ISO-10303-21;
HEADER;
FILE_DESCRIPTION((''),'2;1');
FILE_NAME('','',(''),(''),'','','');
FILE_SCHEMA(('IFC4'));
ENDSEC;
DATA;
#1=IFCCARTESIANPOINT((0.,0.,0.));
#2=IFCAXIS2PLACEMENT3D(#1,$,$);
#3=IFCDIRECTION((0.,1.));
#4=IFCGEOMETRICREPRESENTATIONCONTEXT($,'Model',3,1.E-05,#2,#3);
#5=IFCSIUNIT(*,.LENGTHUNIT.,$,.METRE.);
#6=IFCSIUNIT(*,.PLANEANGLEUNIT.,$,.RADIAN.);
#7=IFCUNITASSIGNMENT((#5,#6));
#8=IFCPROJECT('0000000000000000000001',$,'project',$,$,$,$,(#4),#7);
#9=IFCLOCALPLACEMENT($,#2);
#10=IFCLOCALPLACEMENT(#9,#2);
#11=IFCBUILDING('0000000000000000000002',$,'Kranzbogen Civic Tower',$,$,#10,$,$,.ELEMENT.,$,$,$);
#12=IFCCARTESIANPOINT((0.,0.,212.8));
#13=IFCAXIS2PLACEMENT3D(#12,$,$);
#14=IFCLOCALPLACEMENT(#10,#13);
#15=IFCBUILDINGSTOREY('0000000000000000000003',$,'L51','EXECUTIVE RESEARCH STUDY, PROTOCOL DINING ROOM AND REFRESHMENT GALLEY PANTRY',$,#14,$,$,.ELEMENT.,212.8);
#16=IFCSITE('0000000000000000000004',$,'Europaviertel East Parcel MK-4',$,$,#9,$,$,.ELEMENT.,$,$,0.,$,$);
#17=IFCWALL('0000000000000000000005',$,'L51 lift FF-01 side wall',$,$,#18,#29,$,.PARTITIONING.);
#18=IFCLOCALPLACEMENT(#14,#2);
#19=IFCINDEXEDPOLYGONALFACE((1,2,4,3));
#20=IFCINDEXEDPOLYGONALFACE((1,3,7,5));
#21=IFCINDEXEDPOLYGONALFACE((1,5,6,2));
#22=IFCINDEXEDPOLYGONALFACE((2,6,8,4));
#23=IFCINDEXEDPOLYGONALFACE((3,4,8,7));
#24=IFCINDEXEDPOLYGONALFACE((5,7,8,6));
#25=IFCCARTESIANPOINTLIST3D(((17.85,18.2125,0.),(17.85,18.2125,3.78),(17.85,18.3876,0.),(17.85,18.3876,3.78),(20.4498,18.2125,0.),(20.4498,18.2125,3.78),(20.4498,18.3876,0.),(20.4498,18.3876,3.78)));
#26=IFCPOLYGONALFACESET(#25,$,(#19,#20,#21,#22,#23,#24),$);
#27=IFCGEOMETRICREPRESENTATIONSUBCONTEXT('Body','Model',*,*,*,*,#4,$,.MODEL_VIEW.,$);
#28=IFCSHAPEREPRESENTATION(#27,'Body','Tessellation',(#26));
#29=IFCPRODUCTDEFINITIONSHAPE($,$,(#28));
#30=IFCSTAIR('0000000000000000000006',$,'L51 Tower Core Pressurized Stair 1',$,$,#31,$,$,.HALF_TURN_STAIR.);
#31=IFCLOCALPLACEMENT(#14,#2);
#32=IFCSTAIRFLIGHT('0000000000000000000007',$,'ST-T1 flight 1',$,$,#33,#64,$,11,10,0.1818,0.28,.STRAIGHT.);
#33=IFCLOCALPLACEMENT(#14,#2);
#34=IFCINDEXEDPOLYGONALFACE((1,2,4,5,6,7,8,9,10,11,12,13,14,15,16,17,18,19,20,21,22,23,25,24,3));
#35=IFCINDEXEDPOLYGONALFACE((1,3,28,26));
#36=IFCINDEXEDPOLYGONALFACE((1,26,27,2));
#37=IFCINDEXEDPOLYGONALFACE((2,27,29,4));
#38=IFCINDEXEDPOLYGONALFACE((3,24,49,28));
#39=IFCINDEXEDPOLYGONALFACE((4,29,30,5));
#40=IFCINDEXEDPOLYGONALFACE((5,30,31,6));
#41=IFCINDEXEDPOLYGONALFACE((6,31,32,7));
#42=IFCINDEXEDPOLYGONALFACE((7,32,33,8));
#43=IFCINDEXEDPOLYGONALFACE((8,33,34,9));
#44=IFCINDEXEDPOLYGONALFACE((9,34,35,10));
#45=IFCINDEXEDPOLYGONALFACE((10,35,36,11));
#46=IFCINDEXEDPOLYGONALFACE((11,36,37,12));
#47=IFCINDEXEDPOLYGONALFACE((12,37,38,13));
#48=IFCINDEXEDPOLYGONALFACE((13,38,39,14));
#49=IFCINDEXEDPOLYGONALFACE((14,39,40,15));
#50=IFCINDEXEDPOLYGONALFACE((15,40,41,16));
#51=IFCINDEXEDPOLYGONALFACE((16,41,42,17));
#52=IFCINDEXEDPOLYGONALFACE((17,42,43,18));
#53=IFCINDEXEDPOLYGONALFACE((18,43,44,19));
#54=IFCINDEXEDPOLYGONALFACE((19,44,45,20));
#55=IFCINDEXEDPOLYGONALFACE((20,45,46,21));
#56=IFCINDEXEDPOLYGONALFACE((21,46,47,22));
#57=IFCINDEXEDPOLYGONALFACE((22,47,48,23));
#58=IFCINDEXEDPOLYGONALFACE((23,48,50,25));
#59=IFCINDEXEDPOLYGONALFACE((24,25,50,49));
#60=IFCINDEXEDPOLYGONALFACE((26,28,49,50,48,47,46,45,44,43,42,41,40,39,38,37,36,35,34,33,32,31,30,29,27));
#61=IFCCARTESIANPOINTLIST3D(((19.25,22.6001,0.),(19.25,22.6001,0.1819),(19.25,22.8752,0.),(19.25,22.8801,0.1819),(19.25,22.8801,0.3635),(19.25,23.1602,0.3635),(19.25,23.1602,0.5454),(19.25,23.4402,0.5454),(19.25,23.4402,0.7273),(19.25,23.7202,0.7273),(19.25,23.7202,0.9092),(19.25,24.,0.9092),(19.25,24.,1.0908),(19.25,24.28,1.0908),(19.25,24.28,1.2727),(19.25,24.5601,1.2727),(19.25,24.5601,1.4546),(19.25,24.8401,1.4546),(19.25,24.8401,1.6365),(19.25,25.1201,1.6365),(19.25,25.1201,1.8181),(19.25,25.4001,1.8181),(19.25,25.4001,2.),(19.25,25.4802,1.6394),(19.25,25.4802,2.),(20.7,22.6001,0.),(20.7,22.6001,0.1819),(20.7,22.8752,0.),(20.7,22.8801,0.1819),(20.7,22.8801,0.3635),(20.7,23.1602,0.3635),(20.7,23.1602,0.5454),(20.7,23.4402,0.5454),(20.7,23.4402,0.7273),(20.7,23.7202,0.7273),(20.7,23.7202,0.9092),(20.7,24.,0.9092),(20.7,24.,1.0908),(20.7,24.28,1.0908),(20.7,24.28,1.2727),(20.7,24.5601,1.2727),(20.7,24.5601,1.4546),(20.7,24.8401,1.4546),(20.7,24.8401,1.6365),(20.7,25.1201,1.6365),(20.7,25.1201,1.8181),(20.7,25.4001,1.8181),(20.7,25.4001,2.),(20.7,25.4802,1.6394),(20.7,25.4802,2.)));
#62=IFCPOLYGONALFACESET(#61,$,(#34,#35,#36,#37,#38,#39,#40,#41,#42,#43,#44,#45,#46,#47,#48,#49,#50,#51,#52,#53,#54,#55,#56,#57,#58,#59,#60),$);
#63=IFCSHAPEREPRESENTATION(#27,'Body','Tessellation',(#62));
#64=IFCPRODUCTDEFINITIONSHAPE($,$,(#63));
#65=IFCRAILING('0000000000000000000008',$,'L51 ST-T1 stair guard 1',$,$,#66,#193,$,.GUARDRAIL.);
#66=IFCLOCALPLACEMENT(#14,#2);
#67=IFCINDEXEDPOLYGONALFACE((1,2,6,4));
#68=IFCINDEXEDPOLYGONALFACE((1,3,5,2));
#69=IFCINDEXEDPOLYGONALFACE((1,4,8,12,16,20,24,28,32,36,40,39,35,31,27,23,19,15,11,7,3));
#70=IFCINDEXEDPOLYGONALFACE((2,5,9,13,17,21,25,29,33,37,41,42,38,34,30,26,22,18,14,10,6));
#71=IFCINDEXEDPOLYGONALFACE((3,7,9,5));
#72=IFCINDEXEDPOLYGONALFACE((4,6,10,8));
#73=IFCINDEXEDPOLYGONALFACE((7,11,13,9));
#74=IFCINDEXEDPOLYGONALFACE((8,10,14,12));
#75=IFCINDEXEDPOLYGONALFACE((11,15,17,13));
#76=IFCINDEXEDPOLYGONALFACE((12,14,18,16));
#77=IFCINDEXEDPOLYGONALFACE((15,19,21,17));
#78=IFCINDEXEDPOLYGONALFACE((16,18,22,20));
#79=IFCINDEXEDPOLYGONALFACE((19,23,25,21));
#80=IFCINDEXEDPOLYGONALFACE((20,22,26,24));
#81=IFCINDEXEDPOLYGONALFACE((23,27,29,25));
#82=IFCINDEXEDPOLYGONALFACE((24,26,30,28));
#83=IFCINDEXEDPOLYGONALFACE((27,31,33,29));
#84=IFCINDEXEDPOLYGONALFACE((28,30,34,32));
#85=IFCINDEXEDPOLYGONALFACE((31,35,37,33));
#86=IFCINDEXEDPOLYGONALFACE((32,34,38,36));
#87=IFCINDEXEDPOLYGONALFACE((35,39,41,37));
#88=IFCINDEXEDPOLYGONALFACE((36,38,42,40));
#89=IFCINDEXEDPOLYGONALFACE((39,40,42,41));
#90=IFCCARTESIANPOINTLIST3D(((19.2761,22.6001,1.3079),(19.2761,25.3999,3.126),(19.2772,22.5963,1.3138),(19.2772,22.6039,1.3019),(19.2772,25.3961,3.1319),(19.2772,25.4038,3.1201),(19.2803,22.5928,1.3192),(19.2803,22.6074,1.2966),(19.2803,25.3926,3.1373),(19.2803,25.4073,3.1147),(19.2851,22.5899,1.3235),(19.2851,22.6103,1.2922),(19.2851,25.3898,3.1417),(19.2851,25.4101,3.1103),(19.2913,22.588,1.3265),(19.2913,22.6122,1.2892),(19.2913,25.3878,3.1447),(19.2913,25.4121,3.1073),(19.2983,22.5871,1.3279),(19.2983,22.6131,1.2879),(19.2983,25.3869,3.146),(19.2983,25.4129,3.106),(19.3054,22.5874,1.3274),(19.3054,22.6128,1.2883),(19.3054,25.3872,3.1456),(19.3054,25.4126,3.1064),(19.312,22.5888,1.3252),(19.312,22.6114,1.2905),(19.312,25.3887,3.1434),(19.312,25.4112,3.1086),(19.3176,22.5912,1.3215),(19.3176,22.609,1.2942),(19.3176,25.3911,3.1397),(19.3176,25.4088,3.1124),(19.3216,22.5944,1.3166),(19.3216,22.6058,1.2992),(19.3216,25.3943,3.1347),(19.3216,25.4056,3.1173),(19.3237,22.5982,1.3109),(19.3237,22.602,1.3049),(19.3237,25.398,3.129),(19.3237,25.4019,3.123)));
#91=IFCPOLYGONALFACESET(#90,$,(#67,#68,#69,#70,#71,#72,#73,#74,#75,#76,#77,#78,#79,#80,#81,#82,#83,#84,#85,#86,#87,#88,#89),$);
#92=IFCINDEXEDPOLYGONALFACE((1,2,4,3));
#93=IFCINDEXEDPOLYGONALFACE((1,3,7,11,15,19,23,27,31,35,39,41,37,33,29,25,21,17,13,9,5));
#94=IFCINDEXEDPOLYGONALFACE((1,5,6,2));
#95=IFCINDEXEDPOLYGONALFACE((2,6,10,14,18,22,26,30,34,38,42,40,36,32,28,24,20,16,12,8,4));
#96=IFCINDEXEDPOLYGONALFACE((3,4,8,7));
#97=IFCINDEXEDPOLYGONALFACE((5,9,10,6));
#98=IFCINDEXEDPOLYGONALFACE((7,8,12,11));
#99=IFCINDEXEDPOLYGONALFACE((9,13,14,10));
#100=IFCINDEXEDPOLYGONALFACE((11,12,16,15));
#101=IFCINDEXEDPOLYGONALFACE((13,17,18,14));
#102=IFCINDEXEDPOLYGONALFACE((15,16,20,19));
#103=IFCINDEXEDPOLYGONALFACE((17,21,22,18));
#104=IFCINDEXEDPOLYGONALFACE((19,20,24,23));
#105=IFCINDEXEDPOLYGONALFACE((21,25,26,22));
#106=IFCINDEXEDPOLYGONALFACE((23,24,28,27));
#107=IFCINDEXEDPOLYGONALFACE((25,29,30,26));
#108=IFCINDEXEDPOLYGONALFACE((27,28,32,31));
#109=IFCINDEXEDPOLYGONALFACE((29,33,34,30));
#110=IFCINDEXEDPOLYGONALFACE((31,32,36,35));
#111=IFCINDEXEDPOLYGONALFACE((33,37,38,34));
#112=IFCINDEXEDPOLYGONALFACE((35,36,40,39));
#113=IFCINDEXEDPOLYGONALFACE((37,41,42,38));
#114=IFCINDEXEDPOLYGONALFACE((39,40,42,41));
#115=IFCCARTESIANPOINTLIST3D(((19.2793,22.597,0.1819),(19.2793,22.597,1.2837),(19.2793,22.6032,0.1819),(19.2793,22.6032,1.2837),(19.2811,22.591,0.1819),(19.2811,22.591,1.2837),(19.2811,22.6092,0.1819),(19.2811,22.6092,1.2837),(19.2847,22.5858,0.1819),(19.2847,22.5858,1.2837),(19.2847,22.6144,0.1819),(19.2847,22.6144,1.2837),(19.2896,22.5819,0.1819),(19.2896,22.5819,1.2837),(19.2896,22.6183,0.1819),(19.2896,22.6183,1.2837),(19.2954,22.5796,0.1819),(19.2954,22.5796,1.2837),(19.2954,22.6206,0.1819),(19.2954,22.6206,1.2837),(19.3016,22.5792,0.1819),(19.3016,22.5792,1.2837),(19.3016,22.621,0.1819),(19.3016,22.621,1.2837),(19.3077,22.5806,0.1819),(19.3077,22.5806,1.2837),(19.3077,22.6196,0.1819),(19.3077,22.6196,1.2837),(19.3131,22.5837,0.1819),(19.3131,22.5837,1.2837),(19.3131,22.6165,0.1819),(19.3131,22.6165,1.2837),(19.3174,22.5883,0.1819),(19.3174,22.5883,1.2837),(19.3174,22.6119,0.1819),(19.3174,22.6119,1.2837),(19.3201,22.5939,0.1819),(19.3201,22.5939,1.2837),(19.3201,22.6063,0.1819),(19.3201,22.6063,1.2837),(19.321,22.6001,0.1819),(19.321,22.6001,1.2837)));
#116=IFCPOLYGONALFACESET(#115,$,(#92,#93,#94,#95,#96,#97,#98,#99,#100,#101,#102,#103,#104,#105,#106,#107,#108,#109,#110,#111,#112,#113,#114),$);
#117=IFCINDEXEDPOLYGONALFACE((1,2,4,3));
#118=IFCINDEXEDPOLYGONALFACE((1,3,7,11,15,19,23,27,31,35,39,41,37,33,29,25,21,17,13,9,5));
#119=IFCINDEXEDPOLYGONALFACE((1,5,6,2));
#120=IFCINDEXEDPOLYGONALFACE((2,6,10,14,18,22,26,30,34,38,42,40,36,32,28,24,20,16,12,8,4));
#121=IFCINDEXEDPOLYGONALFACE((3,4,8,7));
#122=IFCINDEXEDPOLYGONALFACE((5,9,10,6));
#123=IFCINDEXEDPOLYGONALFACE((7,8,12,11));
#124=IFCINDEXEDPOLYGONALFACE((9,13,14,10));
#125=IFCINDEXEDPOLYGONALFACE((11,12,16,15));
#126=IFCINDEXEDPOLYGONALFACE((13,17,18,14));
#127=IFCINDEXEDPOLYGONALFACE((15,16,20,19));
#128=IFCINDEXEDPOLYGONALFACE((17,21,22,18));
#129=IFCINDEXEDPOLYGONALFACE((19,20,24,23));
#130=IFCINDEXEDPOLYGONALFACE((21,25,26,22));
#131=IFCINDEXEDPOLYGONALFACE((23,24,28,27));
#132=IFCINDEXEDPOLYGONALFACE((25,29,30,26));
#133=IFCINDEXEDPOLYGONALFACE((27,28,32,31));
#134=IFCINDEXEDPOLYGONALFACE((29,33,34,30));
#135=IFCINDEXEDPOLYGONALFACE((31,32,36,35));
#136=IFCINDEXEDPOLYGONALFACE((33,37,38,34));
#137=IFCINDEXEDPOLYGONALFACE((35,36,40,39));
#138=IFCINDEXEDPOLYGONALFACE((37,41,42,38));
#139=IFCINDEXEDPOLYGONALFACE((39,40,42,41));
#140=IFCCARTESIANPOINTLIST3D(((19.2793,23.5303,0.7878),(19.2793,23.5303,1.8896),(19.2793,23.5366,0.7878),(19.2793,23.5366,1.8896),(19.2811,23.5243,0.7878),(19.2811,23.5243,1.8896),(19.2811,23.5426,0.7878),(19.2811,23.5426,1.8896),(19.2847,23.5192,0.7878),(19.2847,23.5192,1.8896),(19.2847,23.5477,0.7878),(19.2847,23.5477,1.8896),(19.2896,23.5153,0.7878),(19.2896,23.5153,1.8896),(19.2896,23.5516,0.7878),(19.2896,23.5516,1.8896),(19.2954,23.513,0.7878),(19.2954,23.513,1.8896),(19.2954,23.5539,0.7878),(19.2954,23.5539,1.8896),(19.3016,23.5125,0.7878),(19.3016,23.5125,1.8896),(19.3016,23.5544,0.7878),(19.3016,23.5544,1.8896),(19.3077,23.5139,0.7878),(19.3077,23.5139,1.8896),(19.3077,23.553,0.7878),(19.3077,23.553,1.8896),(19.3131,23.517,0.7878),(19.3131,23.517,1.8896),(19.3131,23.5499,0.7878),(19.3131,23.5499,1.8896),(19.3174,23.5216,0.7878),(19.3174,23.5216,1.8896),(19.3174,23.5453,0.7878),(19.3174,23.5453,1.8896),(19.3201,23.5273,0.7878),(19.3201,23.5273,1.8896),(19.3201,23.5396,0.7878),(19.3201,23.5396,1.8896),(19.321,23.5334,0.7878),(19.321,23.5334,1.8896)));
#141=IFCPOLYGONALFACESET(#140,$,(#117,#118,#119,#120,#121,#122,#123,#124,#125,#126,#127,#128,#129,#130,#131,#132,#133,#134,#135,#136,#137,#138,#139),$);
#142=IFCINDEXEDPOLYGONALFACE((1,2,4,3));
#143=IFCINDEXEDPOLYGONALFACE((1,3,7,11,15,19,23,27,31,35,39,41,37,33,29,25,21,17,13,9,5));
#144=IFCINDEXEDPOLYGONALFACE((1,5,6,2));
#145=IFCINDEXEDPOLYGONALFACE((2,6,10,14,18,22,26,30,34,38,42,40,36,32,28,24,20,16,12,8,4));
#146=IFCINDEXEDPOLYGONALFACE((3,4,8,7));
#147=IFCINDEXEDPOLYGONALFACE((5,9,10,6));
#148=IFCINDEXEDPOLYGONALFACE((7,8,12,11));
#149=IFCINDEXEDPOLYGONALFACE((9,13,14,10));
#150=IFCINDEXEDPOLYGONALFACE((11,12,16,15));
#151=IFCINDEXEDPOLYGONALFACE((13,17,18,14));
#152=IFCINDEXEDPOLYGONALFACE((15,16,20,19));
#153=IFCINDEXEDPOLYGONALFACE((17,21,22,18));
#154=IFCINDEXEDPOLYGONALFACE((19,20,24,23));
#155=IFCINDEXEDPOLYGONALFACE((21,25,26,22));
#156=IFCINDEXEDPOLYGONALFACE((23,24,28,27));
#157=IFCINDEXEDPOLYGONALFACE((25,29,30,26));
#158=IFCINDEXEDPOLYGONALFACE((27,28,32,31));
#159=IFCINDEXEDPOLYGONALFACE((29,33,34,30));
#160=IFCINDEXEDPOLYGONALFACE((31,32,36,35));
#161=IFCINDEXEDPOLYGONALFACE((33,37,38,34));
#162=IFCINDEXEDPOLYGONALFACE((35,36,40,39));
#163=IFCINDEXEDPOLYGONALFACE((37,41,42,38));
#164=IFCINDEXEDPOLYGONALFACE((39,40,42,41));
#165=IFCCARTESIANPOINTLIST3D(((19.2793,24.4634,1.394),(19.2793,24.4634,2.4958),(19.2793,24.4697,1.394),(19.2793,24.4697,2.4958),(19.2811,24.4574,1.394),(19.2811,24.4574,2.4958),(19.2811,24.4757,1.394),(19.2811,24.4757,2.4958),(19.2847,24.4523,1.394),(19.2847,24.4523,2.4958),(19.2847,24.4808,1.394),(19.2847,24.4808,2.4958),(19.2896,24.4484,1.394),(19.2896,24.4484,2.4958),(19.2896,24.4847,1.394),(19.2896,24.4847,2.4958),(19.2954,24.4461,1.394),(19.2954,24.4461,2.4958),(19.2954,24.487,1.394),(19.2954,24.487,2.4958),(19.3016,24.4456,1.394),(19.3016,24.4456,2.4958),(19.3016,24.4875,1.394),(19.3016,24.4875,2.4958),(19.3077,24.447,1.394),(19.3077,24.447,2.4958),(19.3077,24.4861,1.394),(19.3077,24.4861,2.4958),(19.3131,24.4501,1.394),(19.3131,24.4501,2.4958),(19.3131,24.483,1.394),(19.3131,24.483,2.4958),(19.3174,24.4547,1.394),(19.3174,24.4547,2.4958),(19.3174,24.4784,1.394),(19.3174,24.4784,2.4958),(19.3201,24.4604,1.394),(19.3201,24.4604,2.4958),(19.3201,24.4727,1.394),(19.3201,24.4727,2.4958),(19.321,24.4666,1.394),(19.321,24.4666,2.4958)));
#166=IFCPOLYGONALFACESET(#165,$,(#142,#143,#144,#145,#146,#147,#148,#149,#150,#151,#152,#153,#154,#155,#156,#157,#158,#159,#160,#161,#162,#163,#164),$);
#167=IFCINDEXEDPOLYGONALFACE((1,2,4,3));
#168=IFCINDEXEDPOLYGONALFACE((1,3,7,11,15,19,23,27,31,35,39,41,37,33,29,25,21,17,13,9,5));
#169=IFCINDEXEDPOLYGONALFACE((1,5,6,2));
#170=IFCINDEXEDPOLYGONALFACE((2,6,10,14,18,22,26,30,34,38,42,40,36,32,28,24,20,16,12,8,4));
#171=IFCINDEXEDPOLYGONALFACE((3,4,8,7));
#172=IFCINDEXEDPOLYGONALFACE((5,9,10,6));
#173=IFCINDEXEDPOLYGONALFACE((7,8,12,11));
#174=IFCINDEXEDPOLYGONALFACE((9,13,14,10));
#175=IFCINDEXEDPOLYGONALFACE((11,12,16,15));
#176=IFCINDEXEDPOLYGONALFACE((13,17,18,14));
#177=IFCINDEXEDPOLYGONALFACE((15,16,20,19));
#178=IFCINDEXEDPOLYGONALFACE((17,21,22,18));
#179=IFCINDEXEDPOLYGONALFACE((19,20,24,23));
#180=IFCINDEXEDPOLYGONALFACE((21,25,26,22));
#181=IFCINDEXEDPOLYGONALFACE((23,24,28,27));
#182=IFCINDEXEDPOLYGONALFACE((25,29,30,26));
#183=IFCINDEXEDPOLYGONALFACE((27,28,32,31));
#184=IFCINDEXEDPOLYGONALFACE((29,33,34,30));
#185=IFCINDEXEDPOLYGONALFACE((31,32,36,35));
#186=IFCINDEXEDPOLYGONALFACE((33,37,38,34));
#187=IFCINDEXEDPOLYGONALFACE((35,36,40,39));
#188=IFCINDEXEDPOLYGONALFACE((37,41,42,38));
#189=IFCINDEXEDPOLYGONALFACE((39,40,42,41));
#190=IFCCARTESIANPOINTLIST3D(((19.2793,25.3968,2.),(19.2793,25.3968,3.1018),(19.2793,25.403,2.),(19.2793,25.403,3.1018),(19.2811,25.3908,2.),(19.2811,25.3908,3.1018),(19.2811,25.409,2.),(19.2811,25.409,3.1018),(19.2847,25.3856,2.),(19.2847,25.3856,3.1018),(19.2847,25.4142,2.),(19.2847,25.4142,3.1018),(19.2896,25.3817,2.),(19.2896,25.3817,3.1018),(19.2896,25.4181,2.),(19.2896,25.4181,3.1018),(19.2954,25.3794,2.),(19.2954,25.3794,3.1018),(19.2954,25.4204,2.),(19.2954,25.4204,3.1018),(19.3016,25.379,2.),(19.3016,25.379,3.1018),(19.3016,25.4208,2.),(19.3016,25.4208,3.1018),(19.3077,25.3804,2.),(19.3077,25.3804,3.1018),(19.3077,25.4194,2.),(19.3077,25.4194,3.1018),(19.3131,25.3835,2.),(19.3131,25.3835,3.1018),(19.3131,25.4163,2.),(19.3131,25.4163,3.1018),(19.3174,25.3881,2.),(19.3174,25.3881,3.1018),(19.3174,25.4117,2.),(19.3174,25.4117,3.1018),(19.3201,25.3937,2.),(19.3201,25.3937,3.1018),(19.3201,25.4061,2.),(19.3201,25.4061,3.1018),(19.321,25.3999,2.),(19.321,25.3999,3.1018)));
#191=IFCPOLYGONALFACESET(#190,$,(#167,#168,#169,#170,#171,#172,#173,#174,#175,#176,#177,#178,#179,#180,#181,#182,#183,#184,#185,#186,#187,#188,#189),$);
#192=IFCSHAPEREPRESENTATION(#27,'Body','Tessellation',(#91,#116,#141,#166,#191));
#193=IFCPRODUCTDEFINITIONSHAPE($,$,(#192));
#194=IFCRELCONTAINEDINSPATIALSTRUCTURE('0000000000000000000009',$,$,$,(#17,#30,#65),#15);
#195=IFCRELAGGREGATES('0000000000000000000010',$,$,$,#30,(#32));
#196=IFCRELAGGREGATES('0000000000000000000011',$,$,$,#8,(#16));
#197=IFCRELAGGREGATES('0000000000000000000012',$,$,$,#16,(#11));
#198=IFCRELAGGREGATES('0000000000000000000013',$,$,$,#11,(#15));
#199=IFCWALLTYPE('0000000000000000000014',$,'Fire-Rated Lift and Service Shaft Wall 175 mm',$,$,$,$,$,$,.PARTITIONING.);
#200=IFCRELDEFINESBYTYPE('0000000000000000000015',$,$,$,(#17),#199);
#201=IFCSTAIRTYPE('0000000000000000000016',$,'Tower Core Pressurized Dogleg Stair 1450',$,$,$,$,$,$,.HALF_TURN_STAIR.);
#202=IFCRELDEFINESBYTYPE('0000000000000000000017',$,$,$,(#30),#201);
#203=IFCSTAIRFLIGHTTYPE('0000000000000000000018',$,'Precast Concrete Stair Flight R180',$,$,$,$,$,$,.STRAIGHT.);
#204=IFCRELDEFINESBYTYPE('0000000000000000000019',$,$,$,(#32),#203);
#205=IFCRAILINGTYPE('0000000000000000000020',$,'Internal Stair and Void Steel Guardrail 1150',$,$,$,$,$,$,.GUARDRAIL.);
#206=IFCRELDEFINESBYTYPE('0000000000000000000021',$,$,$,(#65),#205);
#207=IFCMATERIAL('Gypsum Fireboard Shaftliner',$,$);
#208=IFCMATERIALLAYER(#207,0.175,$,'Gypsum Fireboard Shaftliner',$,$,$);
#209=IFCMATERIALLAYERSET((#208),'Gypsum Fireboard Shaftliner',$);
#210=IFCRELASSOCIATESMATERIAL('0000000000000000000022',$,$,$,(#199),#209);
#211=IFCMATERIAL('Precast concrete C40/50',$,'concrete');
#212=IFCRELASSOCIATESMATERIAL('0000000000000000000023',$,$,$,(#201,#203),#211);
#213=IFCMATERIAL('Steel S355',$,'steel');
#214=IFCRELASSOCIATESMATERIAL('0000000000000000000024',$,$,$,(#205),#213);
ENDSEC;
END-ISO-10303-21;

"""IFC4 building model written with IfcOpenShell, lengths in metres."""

from ifc_helpers import new_model, si_unit, direction, frame, frame_2d, origin, origin_2d, place, context, subcontext, project, spatial, polyline, rectangle, circle, outline, extrude, material, layer, layer_set, type_object, element, aggregate, save


model = new_model("IFC4")

# Units and contexts
model_context = context("Model", 3, precision=1e-05, world=origin(), true_north=direction((0.0, 1.0)))
body_context = subcontext(model_context, "Body", "Model", "MODEL_VIEW")
ifc_project = project(units=[si_unit("LENGTHUNIT", "METRE"), si_unit("PLANEANGLEUNIT", "RADIAN")], contexts=[model_context])

# Site, building, storey
site_placement = place(None, origin())
site = spatial("IfcSite", under=ifc_project, at=site_placement, Name="Europaviertel East Parcel MK-4", CompositionType="ELEMENT", RefElevation=0.0)
building_placement = place(site_placement, origin())
building = spatial("IfcBuilding", under=site, at=building_placement, Name="Kranzbogen Civic Tower", CompositionType="ELEMENT")
storey_placement = place(building_placement, frame((0.0, 0.0, 212.8)))
storey = spatial("IfcBuildingStorey", under=building, at=storey_placement, Name="L51", Description="EXECUTIVE RESEARCH STUDY, PROTOCOL DINING ROOM AND REFRESHMENT GALLEY PANTRY", CompositionType="ELEMENT", Elevation=212.8)

# Shared definitions
ifc_material_1 = material(Name="Steel S355", Category="steel")

# Shared definitions
ifc_material_2 = material(Name="Gypsum Fireboard Shaftliner")
ifc_layer_1 = layer(ifc_material_2, 0.175, Name="Gypsum Fireboard Shaftliner")
ifc_layer_set_1 = layer_set([ifc_layer_1], Name="Gypsum Fireboard Shaftliner")
wall_type_1 = type_object("IfcWallType", Name="Fire-Rated Lift and Service Shaft Wall 175 mm", PredefinedType="PARTITIONING", material=ifc_layer_set_1)

# Wall
wall_1_placement = place(storey_placement, frame((17.8501, 18.3, 0.0), z_axis=(0.0, 0.0, 1.0), x_axis=(1.0, 0.0, 0.0)))
element("IfcWall", 1, at=wall_1_placement, inside=storey, type_object=wall_type_1, Name="L51 lift FF-01 side wall", PredefinedType="PARTITIONING", context=body_context, shape_type="SweptSolid", body=[
    extrude(rectangle(XDim=2.5999, YDim=0.175, at=frame_2d((1.2998, 0.0))), origin(), (0.0, 0.0, 1.0), 3.78),
])

# Stair, stair flight
ifc_material_3 = material(Name="Precast concrete C40/50", Category="concrete")
stair_type = type_object("IfcStairType", Name="Tower Core Pressurized Dogleg Stair 1450", PredefinedType="HALF_TURN_STAIR", material=ifc_material_3)
stair_placement = place(storey_placement, origin())
stair = element("IfcStair", 2, at=stair_placement, inside=storey, type_object=stair_type, Name="L51 Tower Core Pressurized Stair 1", PredefinedType="HALF_TURN_STAIR")
stair_flight_type = type_object("IfcStairFlightType", Name="Precast Concrete Stair Flight R180", PredefinedType="STRAIGHT", material=ifc_material_3)
stair_flight_placement = place(storey_placement, frame((19.9751, 22.6001, 0.0), z_axis=(0.0, 0.0, 1.0), x_axis=(0.0, 1.0, 0.0)))
stair_flight = element("IfcStairFlight", 3, at=stair_flight_placement, type_object=stair_flight_type, Name="ST-T1 flight 1", NumberOfRisers=11, NumberOfTreads=10, PredefinedType="STRAIGHT", RiserHeight=0.1818, TreadLength=0.28, context=body_context, shape_type="SweptSolid", body=[
    extrude(outline(polyline([(0.0, 0.0), (0.0, 0.1819), (0.28, 0.1819), (0.28, 0.3635), (0.5601, 0.3635), (0.5601, 0.5454), (0.8401, 0.5454), (0.8401, 0.7273), (1.1201, 0.7273), (1.1201, 0.9092), (1.3999, 0.9092), (1.3999, 1.0908), (1.6799, 1.0908), (1.6799, 1.2727), (1.96, 1.2727), (1.96, 1.4546), (2.24, 1.4546), (2.24, 1.6365), (2.52, 1.6365), (2.52, 1.8181), (2.8, 1.8181), (2.8, 2.0), (2.8801, 2.0), (2.8801, 1.6394), (0.2751, 0.0), (0.0, 0.0)])), frame((0.0, 0.7251, 0.0), z_axis=(0.0, -1.0, 0.0), x_axis=(1.0, 0.0, 0.0)), (0.0, 0.0, 1.0), 1.45),
])
aggregate(stair, [stair_flight])

# Railing
railing_type = type_object("IfcRailingType", Name="Internal Stair and Void Steel Guardrail 1150", PredefinedType="GUARDRAIL", material=ifc_material_1)
railing_1_placement = place(storey_placement, frame((19.3, 22.6001, 0.1819)))
element("IfcRailing", 4, at=railing_1_placement, inside=storey, type_object=railing_type, Name="L51 ST-T1 stair guard 1", PredefinedType="GUARDRAIL", context=body_context, shape_type="SweptSolid", body=[
    extrude(circle(Radius=0.0239, at=origin_2d()), frame((0.0, 0.0, 1.126), z_axis=(0.0, 0.838684, 0.544618), x_axis=(-1.0, 0.0, 0.0)), (0.0, 0.0, 1.0), 3.3384),
    extrude(circle(Radius=0.021, at=origin_2d()), origin(), (0.0, 0.0, 1.0), 1.1018),
    extrude(circle(Radius=0.021, at=origin_2d()), frame((0.0, 0.9333, 0.606)), (0.0, 0.0, 1.0), 1.1018),
    extrude(circle(Radius=0.021, at=origin_2d()), frame((0.0, 1.8665, 1.2122)), (0.0, 0.0, 1.0), 1.1018),
    extrude(circle(Radius=0.021, at=origin_2d()), frame((0.0, 2.7998, 1.8181)), (0.0, 0.0, 1.0), 1.1018),
])

save(model, "model.ifc")
